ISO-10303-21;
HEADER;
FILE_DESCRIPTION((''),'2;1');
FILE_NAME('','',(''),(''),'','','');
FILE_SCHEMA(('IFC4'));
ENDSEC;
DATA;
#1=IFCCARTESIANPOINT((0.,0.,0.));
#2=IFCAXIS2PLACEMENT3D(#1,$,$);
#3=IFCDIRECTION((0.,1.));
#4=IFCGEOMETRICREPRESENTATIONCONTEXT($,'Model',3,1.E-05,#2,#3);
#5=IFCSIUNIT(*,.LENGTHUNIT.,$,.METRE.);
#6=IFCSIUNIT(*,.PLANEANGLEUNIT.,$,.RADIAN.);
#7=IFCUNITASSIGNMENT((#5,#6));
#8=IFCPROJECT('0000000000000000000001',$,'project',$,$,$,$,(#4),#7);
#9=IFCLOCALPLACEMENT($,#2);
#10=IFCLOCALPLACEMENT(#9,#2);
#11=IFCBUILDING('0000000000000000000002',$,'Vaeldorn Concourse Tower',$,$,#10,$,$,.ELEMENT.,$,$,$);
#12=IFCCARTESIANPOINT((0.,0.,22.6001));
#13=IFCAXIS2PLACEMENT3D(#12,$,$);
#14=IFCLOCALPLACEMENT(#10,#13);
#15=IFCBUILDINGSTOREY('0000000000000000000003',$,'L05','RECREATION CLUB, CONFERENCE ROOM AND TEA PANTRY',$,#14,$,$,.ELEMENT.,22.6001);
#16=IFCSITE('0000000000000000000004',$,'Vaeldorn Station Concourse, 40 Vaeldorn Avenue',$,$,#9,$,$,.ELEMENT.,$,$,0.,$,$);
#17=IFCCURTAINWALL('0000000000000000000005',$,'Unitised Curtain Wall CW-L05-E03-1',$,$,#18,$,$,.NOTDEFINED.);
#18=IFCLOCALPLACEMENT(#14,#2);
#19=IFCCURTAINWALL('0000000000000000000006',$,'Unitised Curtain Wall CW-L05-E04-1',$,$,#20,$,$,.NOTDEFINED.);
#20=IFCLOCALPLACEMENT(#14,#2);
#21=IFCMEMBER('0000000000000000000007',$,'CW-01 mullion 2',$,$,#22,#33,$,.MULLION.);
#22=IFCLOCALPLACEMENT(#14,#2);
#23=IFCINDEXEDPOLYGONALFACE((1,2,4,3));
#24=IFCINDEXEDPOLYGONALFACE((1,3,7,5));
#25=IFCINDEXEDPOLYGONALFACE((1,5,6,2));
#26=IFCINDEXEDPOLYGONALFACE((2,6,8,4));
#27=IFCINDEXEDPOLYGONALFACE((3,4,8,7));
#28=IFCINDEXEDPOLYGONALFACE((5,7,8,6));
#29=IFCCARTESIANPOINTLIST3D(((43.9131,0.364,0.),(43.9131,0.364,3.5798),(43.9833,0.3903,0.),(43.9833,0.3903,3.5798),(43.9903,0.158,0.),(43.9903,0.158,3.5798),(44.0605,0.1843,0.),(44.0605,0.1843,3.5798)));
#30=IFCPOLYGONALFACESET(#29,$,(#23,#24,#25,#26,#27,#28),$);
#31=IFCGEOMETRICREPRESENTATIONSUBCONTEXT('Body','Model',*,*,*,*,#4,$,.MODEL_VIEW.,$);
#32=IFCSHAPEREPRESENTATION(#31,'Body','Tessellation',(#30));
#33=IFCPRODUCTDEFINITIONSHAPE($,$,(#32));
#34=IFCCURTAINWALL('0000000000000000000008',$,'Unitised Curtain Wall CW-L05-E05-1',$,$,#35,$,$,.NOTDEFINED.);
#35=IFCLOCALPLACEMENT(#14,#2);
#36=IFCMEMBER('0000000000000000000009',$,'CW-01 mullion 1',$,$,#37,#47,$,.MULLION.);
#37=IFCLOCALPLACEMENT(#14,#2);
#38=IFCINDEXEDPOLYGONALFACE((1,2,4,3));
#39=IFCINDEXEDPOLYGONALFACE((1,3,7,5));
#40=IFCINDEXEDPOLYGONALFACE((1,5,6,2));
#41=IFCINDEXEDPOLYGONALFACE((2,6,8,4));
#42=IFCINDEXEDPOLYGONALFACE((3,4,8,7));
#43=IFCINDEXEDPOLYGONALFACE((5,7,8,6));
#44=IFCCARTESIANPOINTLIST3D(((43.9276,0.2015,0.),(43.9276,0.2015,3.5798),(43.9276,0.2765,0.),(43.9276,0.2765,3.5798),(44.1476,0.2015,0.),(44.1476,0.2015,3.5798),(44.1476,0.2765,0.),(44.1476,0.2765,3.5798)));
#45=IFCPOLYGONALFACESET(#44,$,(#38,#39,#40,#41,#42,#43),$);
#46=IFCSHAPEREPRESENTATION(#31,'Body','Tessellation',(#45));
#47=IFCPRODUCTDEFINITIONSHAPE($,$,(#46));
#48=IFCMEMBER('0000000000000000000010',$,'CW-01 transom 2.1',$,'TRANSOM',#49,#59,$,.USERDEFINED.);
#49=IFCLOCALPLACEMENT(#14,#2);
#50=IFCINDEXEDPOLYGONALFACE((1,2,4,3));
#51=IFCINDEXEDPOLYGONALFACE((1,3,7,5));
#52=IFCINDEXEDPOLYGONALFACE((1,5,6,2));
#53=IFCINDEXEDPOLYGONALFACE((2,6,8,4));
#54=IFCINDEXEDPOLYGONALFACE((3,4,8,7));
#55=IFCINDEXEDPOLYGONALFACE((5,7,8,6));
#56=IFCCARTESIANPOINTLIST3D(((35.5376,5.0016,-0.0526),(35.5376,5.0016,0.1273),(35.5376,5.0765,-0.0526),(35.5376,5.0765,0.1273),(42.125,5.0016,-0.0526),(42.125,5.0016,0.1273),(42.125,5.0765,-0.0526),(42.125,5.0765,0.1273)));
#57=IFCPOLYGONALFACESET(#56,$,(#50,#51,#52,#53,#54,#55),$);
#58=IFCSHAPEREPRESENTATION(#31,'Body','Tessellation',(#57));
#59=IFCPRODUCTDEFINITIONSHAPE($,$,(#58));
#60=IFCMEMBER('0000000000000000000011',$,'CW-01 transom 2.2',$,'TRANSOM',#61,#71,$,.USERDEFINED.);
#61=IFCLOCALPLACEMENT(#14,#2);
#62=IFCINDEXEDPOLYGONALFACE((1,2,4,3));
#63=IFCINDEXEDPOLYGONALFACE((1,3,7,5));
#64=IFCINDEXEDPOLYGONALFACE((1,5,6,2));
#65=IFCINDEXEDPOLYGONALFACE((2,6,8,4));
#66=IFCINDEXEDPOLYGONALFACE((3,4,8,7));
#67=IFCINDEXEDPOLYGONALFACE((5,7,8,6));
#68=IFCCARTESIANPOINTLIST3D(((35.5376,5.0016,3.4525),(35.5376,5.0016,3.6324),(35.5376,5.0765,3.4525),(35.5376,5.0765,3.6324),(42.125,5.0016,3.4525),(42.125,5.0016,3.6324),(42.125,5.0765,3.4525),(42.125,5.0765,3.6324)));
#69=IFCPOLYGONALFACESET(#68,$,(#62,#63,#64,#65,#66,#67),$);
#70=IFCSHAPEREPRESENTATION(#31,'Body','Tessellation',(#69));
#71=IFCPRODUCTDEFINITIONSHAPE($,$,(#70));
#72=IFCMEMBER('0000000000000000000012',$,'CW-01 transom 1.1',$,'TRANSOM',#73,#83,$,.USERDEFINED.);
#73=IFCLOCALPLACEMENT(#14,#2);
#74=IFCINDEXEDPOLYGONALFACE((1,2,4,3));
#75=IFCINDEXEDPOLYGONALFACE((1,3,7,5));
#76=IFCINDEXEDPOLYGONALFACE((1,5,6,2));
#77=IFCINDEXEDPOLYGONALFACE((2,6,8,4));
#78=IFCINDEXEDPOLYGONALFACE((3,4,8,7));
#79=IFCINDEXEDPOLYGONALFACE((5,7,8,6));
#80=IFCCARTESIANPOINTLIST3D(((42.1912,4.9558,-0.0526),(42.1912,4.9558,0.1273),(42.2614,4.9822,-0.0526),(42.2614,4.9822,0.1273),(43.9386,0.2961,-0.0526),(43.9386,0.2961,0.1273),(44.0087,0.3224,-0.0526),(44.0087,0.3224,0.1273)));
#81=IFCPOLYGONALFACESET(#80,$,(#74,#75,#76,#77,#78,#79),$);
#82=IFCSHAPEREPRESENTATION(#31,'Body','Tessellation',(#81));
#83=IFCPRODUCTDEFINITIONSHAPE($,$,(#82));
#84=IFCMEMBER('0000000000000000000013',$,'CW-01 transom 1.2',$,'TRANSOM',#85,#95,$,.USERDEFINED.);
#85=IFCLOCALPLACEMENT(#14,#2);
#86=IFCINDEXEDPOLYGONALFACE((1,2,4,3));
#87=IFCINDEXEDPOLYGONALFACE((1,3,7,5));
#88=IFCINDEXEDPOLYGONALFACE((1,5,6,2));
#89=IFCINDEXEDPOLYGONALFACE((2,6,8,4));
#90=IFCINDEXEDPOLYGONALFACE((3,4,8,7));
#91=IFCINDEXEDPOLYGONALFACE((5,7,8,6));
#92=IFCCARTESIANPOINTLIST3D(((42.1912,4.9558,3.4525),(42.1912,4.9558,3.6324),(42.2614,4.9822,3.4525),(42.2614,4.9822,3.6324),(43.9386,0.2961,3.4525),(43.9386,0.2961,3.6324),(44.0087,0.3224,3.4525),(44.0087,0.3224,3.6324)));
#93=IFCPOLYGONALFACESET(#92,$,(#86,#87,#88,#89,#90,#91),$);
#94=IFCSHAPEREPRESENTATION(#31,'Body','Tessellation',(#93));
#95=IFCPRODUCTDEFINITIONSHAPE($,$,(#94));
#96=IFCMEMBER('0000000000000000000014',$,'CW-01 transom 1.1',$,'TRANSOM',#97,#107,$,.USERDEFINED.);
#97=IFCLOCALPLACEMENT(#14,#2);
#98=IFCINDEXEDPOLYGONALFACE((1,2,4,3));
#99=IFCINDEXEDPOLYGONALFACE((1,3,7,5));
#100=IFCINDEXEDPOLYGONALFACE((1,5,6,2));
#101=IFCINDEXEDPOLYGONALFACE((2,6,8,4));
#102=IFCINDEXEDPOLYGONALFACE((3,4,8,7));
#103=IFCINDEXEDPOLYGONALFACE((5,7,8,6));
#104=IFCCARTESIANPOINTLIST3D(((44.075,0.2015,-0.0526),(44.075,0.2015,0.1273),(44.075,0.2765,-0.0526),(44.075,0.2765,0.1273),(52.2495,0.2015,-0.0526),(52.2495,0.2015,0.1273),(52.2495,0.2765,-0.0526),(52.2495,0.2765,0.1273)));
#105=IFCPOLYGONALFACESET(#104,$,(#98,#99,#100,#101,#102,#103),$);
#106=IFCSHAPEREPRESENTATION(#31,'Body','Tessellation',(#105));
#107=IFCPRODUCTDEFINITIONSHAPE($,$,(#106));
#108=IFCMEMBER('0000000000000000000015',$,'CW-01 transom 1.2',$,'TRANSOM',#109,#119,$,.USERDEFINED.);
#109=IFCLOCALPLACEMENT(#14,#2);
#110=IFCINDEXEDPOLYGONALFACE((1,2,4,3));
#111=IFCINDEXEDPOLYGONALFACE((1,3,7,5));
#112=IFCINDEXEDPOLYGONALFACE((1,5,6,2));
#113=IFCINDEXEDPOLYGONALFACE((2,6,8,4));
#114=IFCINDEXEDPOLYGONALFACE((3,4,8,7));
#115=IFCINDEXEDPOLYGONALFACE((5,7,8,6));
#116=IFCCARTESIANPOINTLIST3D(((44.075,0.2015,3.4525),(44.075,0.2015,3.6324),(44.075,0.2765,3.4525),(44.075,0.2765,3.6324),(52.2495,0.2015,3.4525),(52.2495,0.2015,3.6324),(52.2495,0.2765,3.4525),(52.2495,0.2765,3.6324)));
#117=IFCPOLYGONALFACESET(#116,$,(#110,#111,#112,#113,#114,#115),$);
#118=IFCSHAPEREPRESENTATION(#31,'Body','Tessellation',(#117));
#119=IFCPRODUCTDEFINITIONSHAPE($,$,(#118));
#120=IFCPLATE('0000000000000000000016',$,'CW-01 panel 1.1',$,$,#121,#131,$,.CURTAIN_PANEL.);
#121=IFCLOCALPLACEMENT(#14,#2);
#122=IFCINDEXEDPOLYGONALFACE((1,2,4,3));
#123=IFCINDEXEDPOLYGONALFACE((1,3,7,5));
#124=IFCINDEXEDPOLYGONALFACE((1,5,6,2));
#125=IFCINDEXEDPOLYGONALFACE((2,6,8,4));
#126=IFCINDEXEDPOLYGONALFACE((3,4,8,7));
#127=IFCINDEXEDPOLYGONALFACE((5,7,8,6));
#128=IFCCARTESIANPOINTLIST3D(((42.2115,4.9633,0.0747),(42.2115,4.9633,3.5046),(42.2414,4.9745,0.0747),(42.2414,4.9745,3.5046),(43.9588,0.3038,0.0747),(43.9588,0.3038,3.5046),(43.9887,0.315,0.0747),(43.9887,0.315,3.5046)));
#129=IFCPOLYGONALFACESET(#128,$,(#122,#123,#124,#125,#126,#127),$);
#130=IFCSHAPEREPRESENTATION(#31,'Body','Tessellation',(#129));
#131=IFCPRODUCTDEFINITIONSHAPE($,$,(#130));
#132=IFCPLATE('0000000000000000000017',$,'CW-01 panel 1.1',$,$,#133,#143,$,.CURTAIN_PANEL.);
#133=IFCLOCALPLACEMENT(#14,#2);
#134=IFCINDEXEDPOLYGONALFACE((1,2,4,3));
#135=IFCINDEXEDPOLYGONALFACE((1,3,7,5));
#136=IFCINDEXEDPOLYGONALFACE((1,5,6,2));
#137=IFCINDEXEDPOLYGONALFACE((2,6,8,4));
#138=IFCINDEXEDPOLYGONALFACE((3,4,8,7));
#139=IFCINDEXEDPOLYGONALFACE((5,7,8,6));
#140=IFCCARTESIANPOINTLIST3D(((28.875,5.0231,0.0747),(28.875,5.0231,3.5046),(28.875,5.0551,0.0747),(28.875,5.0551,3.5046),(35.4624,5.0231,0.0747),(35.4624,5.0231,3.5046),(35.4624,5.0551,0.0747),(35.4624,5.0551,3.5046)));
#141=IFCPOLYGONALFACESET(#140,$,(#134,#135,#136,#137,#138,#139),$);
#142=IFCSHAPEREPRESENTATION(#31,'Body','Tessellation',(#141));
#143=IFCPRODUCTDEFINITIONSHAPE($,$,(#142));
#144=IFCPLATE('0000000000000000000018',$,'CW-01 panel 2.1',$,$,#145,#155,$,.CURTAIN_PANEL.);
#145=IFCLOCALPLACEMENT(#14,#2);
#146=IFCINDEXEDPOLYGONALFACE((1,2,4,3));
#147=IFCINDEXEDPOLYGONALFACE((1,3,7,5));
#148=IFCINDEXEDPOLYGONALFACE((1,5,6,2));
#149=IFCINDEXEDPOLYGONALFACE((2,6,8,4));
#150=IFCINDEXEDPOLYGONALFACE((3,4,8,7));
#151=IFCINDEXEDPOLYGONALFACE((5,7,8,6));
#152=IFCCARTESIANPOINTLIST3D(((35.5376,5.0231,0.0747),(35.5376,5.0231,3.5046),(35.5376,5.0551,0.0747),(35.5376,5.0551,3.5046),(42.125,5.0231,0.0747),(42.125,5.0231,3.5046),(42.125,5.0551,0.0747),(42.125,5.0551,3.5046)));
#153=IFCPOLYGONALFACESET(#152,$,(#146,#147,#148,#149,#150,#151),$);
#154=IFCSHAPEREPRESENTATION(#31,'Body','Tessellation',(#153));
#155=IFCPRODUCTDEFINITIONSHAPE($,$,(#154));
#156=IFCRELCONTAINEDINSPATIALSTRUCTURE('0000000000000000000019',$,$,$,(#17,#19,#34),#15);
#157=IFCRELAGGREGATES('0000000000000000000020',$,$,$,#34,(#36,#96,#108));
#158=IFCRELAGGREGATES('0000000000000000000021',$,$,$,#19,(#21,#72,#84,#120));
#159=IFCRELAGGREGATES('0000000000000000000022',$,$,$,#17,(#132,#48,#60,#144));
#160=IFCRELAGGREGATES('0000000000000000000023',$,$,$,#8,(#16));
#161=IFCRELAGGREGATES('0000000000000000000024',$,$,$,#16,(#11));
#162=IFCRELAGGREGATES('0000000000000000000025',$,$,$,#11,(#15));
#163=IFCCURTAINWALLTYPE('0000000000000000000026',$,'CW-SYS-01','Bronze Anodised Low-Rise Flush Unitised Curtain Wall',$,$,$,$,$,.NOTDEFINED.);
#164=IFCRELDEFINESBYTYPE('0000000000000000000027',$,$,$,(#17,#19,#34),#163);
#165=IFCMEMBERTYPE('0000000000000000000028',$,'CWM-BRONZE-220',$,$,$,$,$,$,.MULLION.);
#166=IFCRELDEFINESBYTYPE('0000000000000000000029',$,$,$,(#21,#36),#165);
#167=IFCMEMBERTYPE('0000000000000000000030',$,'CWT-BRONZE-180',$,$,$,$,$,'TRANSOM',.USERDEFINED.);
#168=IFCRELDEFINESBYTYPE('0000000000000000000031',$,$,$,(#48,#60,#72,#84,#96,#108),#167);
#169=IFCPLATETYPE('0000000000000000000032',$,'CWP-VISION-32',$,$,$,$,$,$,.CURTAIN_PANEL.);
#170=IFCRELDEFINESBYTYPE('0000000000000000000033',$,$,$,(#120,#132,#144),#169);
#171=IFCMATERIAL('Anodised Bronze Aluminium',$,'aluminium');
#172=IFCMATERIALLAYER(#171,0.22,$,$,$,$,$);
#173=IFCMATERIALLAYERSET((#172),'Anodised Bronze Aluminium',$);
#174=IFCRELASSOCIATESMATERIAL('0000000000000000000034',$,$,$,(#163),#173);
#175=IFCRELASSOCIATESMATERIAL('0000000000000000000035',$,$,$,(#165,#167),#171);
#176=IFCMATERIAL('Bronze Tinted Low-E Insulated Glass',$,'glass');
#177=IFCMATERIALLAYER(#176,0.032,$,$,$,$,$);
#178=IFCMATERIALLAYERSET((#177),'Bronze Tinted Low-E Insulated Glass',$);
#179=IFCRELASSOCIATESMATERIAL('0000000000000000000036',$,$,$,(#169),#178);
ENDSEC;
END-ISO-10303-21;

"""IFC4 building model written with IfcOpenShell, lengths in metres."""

from ifc_helpers import new_model, si_unit, direction, frame, origin, origin_2d, place, context, subcontext, project, spatial, rectangle, extrude, source, transform, mapped, material, layer, layer_set, material_profile, profile_set, type_object, element, aggregate, save


model = new_model("IFC4")

# Units and contexts
model_context = context("Model", 3, precision=1e-05, world=origin(), true_north=direction((0.0, 1.0)))
body_context = subcontext(model_context, "Body", "Model", "MODEL_VIEW")
ifc_project = project(units=[si_unit("LENGTHUNIT", "METRE"), si_unit("PLANEANGLEUNIT", "RADIAN")], contexts=[model_context])

# Site, building, storey
site_placement = place(None, origin())
site = spatial("IfcSite", under=ifc_project, at=site_placement, Name="Vaeldorn Station Concourse, 40 Vaeldorn Avenue", CompositionType="ELEMENT", RefElevation=0.0)
building_placement = place(site_placement, origin())
building = spatial("IfcBuilding", under=site, at=building_placement, Name="Vaeldorn Concourse Tower", CompositionType="ELEMENT")
storey_placement = place(building_placement, frame((0.0, 0.0, 22.6001)))
storey = spatial("IfcBuildingStorey", under=building, at=storey_placement, Name="L05", Description="RECREATION CLUB, CONFERENCE ROOM AND TEA PANTRY", CompositionType="ELEMENT", Elevation=22.6001)

# Curtain walls, member
ifc_material_1 = material(Name="Anodised Bronze Aluminium", Category="aluminium")
ifc_layer_1 = layer(ifc_material_1, 0.22)
ifc_layer_set_1 = layer_set([ifc_layer_1], Name="Anodised Bronze Aluminium")
curtain_wall_type = type_object("IfcCurtainWallType", Name="CW-SYS-01", Description="Bronze Anodised Low-Rise Flush Unitised Curtain Wall", PredefinedType="NOTDEFINED", material=ifc_layer_set_1)
curtain_wall_1_placement = place(storey_placement, origin())
curtain_wall_1 = element("IfcCurtainWall", 1, at=curtain_wall_1_placement, inside=storey, type_object=curtain_wall_type, Name="Unitised Curtain Wall CW-L05-E03-1", PredefinedType="NOTDEFINED")
ifc_material_profile_1 = material_profile(ifc_material_1, rectangle(XDim=0.075, YDim=0.22, at=origin_2d()), Name="CWM 75x220")
ifc_profile_set_1 = profile_set([ifc_material_profile_1], Name="Anodised Bronze Aluminium")
member_type_1 = type_object("IfcMemberType", Name="CWM-BRONZE-220", PredefinedType="MULLION", material=ifc_profile_set_1)
shared_shape_1 = source(origin(), body_context, "Body", "SweptSolid", [
    extrude(rectangle(XDim=0.075, YDim=0.22, at=origin_2d()), origin(), (0.0, 0.0, 1.0), 3.5798),
])
curtain_wall_2_placement = place(storey_placement, origin())
curtain_wall_2 = element("IfcCurtainWall", 2, at=curtain_wall_2_placement, inside=storey, type_object=curtain_wall_type, Name="Unitised Curtain Wall CW-L05-E04-1", PredefinedType="NOTDEFINED")
member_1_placement = place(storey_placement, frame((43.9868, 0.2742, 0.0), z_axis=(0.0, 0.0, 1.0), x_axis=(0.936329, 0.351123, 0.0)))
member_1 = element("IfcMember", 3, at=member_1_placement, type_object=member_type_1, Name="CW-01 mullion 2", PredefinedType="MULLION", context=body_context, shape_type="MappedRepresentation", body=[
    mapped(shared_shape_1, transform((0.0, 0.0, 0.0), scale=1.0)),
])

# Curtain wall, member
curtain_wall_3_placement = place(storey_placement, origin())
curtain_wall_3 = element("IfcCurtainWall", 4, at=curtain_wall_3_placement, inside=storey, type_object=curtain_wall_type, Name="Unitised Curtain Wall CW-L05-E05-1", PredefinedType="NOTDEFINED")
member_2_placement = place(storey_placement, frame((44.0376, 0.239, 0.0), z_axis=(0.0, 0.0, 1.0), x_axis=(0.0, 1.0, 0.0)))
member_2 = element("IfcMember", 5, at=member_2_placement, type_object=member_type_1, Name="CW-01 mullion 1", PredefinedType="MULLION", context=body_context, shape_type="MappedRepresentation", body=[
    mapped(shared_shape_1, transform((0.0, 0.0, 0.0), scale=1.0)),
])

# Members
ifc_material_profile_2 = material_profile(ifc_material_1, rectangle(XDim=0.075, YDim=0.1799, at=origin_2d()), Name="CWT 75x180")
ifc_profile_set_2 = profile_set([ifc_material_profile_2], Name="Anodised Bronze Aluminium")
member_type_2 = type_object("IfcMemberType", Name="CWT-BRONZE-180", ElementType="TRANSOM", PredefinedType="USERDEFINED", material=ifc_profile_set_2)
shared_shape_2 = source(origin(), body_context, "Body", "SweptSolid", [
    extrude(rectangle(XDim=0.075, YDim=0.1799, at=origin_2d()), origin(), (0.0, 0.0, 1.0), 6.5874),
])
member_3_placement = place(storey_placement, frame((35.5376, 5.0391, 0.0374), z_axis=(1.0, 0.0, 0.0), x_axis=(0.0, 1.0, 0.0)))
member_3 = element("IfcMember", 6, at=member_3_placement, type_object=member_type_2, Name="CW-01 transom 2.1", ObjectType="TRANSOM", PredefinedType="USERDEFINED", context=body_context, shape_type="MappedRepresentation", body=[
    mapped(shared_shape_2, transform((0.0, 0.0, 0.0), scale=1.0)),
])
member_4_placement = place(storey_placement, frame((35.5376, 5.0391, 3.5425), z_axis=(1.0, 0.0, 0.0), x_axis=(0.0, 1.0, 0.0)))
member_4 = element("IfcMember", 7, at=member_4_placement, type_object=member_type_2, Name="CW-01 transom 2.2", ObjectType="TRANSOM", PredefinedType="USERDEFINED", context=body_context, shape_type="MappedRepresentation", body=[
    mapped(shared_shape_2, transform((0.0, 0.0, 0.0), scale=1.0)),
])
shared_shape_3 = source(origin(), body_context, "Body", "SweptSolid", [
    extrude(rectangle(XDim=0.075, YDim=0.1799, at=origin_2d()), origin(), (0.0, 0.0, 1.0), 4.9766),
])
member_5_placement = place(storey_placement, frame((42.2263, 4.969, 0.0374), z_axis=(0.351113, -0.936333, 0.0), x_axis=(0.936333, 0.351113, 0.0)))
member_5 = element("IfcMember", 8, at=member_5_placement, type_object=member_type_2, Name="CW-01 transom 1.1", ObjectType="TRANSOM", PredefinedType="USERDEFINED", context=body_context, shape_type="MappedRepresentation", body=[
    mapped(shared_shape_3, transform((0.0, 0.0, 0.0), scale=1.0)),
])
member_6_placement = place(storey_placement, frame((42.2263, 4.969, 3.5425), z_axis=(0.351113, -0.936333, 0.0), x_axis=(0.936333, 0.351113, 0.0)))
member_6 = element("IfcMember", 9, at=member_6_placement, type_object=member_type_2, Name="CW-01 transom 1.2", ObjectType="TRANSOM", PredefinedType="USERDEFINED", context=body_context, shape_type="MappedRepresentation", body=[
    mapped(shared_shape_3, transform((0.0, 0.0, 0.0), scale=1.0)),
])
shared_shape_4 = source(origin(), body_context, "Body", "SweptSolid", [
    extrude(rectangle(XDim=0.075, YDim=0.1799, at=origin_2d()), origin(), (0.0, 0.0, 1.0), 8.1746),
])
member_7_placement = place(storey_placement, frame((44.075, 0.239, 0.0374), z_axis=(1.0, 0.0, 0.0), x_axis=(0.0, 1.0, 0.0)))
member_7 = element("IfcMember", 10, at=member_7_placement, type_object=member_type_2, Name="CW-01 transom 1.1", ObjectType="TRANSOM", PredefinedType="USERDEFINED", context=body_context, shape_type="MappedRepresentation", body=[
    mapped(shared_shape_4, transform((0.0, 0.0, 0.0), scale=1.0)),
])
member_8_placement = place(storey_placement, frame((44.075, 0.239, 3.5425), z_axis=(1.0, 0.0, 0.0), x_axis=(0.0, 1.0, 0.0)))
member_8 = element("IfcMember", 11, at=member_8_placement, type_object=member_type_2, Name="CW-01 transom 1.2", ObjectType="TRANSOM", PredefinedType="USERDEFINED", context=body_context, shape_type="MappedRepresentation", body=[
    mapped(shared_shape_4, transform((0.0, 0.0, 0.0), scale=1.0)),
])
aggregate(curtain_wall_3, [member_2, member_7, member_8])

# Plates
ifc_material_2 = material(Name="Bronze Tinted Low-E Insulated Glass", Category="glass")
ifc_layer_2 = layer(ifc_material_2, 0.032)
ifc_layer_set_2 = layer_set([ifc_layer_2], Name="Bronze Tinted Low-E Insulated Glass")
plate_type = type_object("IfcPlateType", Name="CWP-VISION-32", PredefinedType="CURTAIN_PANEL", material=ifc_layer_set_2)
shared_shape_5 = source(origin(), body_context, "Body", "SweptSolid", [
    extrude(rectangle(XDim=4.9763, YDim=0.032, at=origin_2d()), origin(), (0.0, 0.0, 1.0), 3.4299),
])
plate_1_placement = place(storey_placement, frame((43.1001, 2.6392, 0.0747), z_axis=(0.0, 0.0, 1.0), x_axis=(0.351123, -0.936329, 0.0)))
plate_1 = element("IfcPlate", 12, at=plate_1_placement, type_object=plate_type, Name="CW-01 panel 1.1", PredefinedType="CURTAIN_PANEL", context=body_context, shape_type="MappedRepresentation", body=[
    mapped(shared_shape_5, transform((0.0, 0.0, 0.0), scale=1.0)),
])
aggregate(curtain_wall_2, [member_1, member_5, member_6, plate_1])
shared_shape_6 = source(origin(), body_context, "Body", "SweptSolid", [
    extrude(rectangle(XDim=6.5874, YDim=0.032, at=origin_2d()), origin(), (0.0, 0.0, 1.0), 3.4299),
])
plate_2_placement = place(storey_placement, frame((32.1687, 5.0391, 0.0747), z_axis=(0.0, 0.0, 1.0), x_axis=(1.0, 0.0, 0.0)))
plate_2 = element("IfcPlate", 13, at=plate_2_placement, type_object=plate_type, Name="CW-01 panel 1.1", PredefinedType="CURTAIN_PANEL", context=body_context, shape_type="MappedRepresentation", body=[
    mapped(shared_shape_6, transform((0.0, 0.0, 0.0), scale=1.0)),
])
plate_3_placement = place(storey_placement, frame((38.8313, 5.0391, 0.0747), z_axis=(0.0, 0.0, 1.0), x_axis=(1.0, 0.0, 0.0)))
plate_3 = element("IfcPlate", 14, at=plate_3_placement, type_object=plate_type, Name="CW-01 panel 2.1", PredefinedType="CURTAIN_PANEL", context=body_context, shape_type="MappedRepresentation", body=[
    mapped(shared_shape_6, transform((0.0, 0.0, 0.0), scale=1.0)),
])
aggregate(curtain_wall_1, [plate_2, member_3, member_4, plate_3])

save(model, "model.ifc")
